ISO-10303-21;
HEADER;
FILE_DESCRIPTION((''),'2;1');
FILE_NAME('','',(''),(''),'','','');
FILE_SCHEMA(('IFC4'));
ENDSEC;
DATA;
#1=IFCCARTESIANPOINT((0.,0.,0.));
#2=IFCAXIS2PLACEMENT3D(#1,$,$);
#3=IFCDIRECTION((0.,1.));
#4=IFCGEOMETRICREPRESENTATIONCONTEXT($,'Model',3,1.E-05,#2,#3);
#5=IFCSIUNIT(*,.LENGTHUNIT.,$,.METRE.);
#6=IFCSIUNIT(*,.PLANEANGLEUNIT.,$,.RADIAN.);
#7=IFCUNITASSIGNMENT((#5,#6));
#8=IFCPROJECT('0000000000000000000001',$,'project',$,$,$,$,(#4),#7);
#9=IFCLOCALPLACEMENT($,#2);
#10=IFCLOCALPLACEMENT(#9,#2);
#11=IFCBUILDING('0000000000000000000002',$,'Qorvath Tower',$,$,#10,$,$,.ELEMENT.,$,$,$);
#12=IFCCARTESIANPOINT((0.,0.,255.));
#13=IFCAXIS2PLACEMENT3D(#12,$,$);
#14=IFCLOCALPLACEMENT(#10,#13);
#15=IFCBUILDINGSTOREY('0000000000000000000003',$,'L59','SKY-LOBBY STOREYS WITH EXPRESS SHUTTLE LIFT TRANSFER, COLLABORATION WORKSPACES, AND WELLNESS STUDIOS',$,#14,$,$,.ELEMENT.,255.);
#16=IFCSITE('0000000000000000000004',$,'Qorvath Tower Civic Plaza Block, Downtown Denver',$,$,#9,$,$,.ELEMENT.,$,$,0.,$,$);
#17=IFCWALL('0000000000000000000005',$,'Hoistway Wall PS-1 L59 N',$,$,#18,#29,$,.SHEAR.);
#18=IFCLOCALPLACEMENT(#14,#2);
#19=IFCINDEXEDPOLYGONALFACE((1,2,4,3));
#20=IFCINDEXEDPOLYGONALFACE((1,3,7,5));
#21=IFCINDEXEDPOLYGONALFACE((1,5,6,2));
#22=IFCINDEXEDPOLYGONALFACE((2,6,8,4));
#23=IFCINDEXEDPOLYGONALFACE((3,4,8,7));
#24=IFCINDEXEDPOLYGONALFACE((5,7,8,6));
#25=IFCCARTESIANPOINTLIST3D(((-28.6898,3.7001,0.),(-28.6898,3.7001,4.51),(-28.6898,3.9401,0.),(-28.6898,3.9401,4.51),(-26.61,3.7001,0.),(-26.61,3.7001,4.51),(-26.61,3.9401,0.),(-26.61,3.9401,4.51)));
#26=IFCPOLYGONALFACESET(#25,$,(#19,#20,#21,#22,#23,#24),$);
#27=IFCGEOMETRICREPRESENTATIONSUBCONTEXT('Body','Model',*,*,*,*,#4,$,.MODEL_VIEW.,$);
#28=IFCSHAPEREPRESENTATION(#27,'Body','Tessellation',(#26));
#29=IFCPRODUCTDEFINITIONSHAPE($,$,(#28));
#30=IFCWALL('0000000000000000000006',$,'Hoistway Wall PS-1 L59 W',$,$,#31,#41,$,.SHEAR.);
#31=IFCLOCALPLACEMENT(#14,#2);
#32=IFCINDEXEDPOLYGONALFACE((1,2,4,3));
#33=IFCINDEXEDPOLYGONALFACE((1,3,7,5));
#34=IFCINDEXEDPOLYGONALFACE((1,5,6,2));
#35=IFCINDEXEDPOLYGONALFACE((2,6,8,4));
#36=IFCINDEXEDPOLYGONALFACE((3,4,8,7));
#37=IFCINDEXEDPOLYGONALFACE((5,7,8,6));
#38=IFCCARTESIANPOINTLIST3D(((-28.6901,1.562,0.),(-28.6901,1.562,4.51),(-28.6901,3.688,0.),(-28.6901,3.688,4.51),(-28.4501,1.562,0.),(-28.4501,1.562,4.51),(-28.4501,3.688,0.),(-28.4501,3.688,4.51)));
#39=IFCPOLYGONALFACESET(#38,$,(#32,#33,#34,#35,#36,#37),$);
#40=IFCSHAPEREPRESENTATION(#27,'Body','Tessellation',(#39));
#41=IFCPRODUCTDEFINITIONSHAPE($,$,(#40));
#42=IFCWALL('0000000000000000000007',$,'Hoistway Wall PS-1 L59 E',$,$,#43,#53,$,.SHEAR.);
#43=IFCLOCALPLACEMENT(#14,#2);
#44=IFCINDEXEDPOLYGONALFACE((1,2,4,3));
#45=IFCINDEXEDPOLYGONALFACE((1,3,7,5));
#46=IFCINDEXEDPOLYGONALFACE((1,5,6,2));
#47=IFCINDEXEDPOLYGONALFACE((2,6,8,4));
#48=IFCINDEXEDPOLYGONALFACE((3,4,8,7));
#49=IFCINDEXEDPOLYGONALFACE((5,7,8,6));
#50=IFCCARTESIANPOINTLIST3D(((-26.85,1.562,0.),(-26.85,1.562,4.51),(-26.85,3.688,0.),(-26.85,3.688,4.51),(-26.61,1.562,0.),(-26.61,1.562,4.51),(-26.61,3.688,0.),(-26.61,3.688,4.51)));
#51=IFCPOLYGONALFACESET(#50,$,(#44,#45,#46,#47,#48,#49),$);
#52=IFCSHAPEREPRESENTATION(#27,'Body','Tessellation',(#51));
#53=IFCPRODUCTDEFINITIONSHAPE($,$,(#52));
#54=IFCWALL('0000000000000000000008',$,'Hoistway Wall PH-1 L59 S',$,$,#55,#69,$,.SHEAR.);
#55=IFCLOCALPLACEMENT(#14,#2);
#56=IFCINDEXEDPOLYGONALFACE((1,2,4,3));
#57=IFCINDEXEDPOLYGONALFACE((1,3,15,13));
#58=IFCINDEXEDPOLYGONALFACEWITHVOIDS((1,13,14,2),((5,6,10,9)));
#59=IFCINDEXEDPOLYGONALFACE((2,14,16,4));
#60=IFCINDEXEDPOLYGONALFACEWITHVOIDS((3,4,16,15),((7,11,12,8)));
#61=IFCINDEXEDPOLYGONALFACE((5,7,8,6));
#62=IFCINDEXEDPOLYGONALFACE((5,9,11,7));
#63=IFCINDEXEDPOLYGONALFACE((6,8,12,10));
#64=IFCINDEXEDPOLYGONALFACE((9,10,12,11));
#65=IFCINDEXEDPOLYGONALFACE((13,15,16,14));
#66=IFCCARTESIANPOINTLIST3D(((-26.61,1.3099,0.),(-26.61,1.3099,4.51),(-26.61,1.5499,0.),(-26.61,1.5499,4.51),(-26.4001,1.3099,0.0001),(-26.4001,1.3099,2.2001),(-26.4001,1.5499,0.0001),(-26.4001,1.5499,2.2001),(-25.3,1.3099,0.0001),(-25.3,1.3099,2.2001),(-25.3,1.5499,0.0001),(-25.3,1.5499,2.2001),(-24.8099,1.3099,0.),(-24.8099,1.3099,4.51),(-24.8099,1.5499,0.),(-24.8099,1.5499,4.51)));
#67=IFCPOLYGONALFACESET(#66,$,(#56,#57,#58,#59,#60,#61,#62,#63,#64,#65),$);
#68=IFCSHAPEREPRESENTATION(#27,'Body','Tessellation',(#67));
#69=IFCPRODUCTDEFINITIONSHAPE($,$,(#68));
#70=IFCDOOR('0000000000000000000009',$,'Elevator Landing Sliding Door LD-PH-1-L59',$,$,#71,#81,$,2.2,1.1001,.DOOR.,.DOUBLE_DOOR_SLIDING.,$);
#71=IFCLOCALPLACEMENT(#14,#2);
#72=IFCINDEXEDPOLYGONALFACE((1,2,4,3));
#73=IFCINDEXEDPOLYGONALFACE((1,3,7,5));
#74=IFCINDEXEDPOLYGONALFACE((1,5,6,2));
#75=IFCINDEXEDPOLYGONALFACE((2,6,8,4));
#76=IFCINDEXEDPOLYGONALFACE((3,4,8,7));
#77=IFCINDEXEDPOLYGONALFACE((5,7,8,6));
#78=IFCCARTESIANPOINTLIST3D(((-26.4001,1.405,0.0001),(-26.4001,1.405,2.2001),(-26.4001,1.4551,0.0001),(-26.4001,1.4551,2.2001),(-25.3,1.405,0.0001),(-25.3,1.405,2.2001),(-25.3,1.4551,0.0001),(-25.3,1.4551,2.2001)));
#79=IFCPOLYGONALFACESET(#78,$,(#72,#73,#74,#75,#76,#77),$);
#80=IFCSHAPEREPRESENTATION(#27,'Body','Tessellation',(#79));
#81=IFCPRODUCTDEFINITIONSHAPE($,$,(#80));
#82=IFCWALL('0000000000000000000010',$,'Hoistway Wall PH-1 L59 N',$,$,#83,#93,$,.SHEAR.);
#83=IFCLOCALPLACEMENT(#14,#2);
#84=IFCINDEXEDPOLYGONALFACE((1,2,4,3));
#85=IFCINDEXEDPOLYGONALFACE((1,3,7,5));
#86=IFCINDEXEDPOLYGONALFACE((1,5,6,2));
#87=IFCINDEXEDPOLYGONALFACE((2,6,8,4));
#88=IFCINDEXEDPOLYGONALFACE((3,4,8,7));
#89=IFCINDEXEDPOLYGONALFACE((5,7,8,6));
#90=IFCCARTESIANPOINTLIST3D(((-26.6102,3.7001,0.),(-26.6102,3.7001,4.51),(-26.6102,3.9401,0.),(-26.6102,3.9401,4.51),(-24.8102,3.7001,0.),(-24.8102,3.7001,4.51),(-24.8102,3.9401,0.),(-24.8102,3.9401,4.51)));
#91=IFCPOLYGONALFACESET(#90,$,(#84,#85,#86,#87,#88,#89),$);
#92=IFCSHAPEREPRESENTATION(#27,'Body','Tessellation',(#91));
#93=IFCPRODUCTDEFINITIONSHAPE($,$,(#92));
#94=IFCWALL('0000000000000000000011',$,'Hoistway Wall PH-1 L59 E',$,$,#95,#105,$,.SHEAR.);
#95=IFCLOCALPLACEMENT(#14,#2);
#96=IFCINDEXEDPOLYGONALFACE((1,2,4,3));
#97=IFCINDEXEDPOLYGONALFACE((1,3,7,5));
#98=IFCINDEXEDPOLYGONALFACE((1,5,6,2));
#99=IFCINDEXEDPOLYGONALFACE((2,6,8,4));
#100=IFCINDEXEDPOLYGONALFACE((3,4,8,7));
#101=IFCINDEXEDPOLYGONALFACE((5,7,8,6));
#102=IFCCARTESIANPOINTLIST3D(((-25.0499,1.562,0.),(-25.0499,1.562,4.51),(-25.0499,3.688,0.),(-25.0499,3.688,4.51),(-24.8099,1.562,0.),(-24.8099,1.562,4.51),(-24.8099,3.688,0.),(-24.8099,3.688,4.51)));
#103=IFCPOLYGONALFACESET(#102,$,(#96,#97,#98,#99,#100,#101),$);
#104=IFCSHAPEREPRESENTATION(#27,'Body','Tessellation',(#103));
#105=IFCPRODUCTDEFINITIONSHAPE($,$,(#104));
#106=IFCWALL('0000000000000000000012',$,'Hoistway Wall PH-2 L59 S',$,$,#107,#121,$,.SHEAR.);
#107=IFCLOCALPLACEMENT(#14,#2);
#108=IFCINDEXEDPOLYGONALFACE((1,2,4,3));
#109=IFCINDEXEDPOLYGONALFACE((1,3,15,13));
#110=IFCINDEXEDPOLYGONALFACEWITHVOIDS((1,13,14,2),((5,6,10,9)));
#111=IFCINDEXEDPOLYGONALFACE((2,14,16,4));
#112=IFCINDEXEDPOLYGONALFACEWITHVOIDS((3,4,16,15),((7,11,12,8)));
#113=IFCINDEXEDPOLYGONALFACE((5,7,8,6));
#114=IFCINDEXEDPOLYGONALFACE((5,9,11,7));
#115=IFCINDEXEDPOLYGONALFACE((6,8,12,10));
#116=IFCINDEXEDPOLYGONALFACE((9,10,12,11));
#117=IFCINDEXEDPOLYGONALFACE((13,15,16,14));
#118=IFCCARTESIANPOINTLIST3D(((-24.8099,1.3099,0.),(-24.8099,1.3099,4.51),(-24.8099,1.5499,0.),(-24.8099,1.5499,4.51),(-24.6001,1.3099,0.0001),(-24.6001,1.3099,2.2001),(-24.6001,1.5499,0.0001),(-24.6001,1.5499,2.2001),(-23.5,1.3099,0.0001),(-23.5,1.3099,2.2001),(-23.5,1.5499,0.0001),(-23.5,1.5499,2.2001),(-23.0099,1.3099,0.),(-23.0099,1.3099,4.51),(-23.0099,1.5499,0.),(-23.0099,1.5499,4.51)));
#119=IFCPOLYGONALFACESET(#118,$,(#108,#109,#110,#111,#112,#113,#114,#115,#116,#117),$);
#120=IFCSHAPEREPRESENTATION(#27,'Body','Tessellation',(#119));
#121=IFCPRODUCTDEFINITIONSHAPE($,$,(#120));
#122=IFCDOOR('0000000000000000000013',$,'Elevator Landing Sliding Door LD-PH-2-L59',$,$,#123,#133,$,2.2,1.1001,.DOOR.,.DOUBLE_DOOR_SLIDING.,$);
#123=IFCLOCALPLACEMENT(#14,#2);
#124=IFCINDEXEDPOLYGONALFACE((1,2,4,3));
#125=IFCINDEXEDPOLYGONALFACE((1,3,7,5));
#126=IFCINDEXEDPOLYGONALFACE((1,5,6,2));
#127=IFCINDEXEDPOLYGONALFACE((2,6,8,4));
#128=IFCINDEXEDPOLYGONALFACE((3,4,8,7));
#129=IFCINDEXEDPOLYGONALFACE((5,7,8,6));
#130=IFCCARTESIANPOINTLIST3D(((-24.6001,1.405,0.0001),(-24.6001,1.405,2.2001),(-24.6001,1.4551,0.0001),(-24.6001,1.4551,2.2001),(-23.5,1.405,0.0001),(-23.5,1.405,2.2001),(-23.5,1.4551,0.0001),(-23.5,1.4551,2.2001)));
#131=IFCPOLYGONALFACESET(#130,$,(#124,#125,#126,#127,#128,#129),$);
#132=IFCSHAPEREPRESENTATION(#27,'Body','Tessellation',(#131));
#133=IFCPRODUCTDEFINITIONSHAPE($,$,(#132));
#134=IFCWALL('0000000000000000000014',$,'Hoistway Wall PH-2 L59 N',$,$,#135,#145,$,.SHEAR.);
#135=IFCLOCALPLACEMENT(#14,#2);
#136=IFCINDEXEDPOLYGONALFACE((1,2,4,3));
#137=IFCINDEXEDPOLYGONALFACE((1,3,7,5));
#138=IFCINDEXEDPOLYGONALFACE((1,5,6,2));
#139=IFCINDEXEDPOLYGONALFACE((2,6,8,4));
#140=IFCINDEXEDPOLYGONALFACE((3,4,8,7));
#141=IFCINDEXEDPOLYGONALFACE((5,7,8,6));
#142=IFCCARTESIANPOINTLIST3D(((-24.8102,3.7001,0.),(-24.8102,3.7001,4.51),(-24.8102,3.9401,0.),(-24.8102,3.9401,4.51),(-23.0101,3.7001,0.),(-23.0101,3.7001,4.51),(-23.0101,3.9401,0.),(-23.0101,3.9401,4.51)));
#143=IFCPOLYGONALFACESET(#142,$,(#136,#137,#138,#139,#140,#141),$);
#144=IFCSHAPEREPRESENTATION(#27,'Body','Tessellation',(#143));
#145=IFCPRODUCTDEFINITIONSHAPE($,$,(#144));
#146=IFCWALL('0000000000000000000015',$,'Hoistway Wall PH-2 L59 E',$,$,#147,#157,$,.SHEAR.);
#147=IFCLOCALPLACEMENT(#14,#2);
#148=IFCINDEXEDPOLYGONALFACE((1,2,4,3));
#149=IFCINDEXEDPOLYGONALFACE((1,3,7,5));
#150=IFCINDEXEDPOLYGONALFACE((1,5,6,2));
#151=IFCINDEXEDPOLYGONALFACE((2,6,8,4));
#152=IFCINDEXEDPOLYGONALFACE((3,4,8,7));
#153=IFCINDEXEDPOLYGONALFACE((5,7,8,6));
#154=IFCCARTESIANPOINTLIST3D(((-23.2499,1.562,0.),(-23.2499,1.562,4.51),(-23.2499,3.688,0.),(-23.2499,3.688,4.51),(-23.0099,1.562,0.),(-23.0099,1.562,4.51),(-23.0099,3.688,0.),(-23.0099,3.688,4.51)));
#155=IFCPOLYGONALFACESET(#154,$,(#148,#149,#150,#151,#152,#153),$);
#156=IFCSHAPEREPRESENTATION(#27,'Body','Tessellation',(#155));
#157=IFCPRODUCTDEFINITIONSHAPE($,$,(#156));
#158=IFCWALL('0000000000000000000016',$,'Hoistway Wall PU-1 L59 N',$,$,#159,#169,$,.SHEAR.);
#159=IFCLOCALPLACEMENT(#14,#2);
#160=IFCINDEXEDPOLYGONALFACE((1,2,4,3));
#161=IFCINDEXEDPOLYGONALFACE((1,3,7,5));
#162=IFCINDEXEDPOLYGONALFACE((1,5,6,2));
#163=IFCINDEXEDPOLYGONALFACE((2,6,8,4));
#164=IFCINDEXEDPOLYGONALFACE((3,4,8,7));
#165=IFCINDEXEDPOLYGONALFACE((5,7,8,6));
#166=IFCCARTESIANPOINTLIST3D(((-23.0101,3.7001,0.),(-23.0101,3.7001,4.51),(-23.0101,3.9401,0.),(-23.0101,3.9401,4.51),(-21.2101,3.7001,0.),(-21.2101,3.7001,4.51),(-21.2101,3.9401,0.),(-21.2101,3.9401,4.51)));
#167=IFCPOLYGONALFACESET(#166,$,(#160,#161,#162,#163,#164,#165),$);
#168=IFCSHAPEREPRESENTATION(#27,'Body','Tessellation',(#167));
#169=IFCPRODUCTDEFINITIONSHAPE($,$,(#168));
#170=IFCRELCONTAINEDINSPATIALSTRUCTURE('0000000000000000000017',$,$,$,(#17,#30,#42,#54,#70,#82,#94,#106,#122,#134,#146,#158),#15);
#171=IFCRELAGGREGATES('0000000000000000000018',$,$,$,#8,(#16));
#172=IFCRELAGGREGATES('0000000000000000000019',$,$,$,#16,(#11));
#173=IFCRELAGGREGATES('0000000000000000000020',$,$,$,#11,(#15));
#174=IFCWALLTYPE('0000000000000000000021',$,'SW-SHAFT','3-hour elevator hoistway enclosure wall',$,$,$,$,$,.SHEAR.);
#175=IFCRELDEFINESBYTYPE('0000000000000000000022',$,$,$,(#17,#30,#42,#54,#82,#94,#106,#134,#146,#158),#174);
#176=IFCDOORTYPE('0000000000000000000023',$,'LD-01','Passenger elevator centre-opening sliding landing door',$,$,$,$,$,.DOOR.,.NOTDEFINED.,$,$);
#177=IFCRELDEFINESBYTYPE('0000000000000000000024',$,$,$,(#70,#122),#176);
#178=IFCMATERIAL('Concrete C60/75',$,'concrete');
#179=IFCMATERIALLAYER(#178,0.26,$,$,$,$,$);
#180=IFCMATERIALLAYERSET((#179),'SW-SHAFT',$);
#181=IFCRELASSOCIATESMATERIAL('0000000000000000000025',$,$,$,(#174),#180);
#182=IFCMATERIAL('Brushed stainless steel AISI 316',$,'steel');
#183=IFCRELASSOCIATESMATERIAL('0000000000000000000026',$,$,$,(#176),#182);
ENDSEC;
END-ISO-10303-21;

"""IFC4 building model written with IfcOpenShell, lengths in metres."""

from ifc_helpers import new_model, si_unit, direction, frame, frame_2d, origin, place, context, subcontext, project, spatial, rectangle, extrude, material, layer, layer_set, type_object, element, fill, save


model = new_model("IFC4")

# Units and contexts
model_context = context("Model", 3, precision=1e-05, world=origin(), true_north=direction((0.0, 1.0)))
body_context = subcontext(model_context, "Body", "Model", "MODEL_VIEW")
ifc_project = project(units=[si_unit("LENGTHUNIT", "METRE"), si_unit("PLANEANGLEUNIT", "RADIAN")], contexts=[model_context])

# Site, building, storey
site_placement = place(None, origin())
site = spatial("IfcSite", under=ifc_project, at=site_placement, Name="Qorvath Tower Civic Plaza Block, Downtown Denver", CompositionType="ELEMENT", RefElevation=0.0)
building_placement = place(site_placement, origin())
building = spatial("IfcBuilding", under=site, at=building_placement, Name="Qorvath Tower", CompositionType="ELEMENT")
storey_placement = place(building_placement, frame((0.0, 0.0, 255.0)))
storey = spatial("IfcBuildingStorey", under=building, at=storey_placement, Name="L59", Description="SKY-LOBBY STOREYS WITH EXPRESS SHUTTLE LIFT TRANSFER, COLLABORATION WORKSPACES, AND WELLNESS STUDIOS", CompositionType="ELEMENT", Elevation=255.0)

# Shared definitions
ifc_material_1 = material(Name="Concrete C60/75", Category="concrete")
ifc_layer_1 = layer(ifc_material_1, 0.26)
ifc_layer_set_1 = layer_set([ifc_layer_1], Name="SW-SHAFT")
wall_type_1 = type_object("IfcWallType", Name="SW-SHAFT", Description="3-hour elevator hoistway enclosure wall", PredefinedType="SHEAR", material=ifc_layer_set_1)

# Shared definitions
ifc_material_2 = material(Name="Brushed stainless steel AISI 316", Category="steel")
door_type = type_object("IfcDoorType", Name="LD-01", Description="Passenger elevator centre-opening sliding landing door", OperationType="NOTDEFINED", PredefinedType="DOOR", material=ifc_material_2)

# Walls
wall_1_placement = place(storey_placement, frame((-28.6899, 3.8201, 0.0), z_axis=(0.0, 0.0, 1.0), x_axis=(1.0, 0.0, 0.0)))
element("IfcWall", 1, at=wall_1_placement, inside=storey, type_object=wall_type_1, Name="Hoistway Wall PS-1 L59 N", PredefinedType="SHEAR", context=body_context, shape_type="SweptSolid", body=[
    extrude(rectangle(XDim=2.0798, YDim=0.24, at=frame_2d((1.04, 0.0))), origin(), (0.0, 0.0, 1.0), 4.51),
])
for number, where, z_axis, x_axis, name in (
    (2, (-28.5701, 1.562, 0.0), (0.0, 0.0, 1.0), (0.0, 1.0, 0.0), "Hoistway Wall PS-1 L59 W"),
    (3, (-26.73, 3.688, 0.0), (0.0, 0.0, 1.0), (0.0, -1.0, 0.0), "Hoistway Wall PS-1 L59 E"),
):
    element("IfcWall", number, at=place(storey_placement, frame(where, z_axis=z_axis, x_axis=x_axis)), inside=storey, type_object=wall_type_1, Name=name, PredefinedType="SHEAR", context=body_context, shape_type="SweptSolid", body=[
        extrude(rectangle(XDim=2.126, YDim=0.24, at=frame_2d((1.063, 0.0))), origin(), (0.0, 0.0, 1.0), 4.51),
    ])

# Wall, opening, door
wall_2_placement = place(storey_placement, frame((-24.8101, 1.4299, 0.0), z_axis=(0.0, 0.0, 1.0), x_axis=(-1.0, 0.0, 0.0)))
wall_2 = element("IfcWall", 4, at=wall_2_placement, inside=storey, type_object=wall_type_1, Name="Hoistway Wall PH-1 L59 S", PredefinedType="SHEAR", context=body_context, shape_type="SweptSolid", body=[
    extrude(rectangle(XDim=1.8, YDim=0.24, at=frame_2d((0.8999, 0.0))), origin(), (0.0, 0.0, 1.0), 4.51),
])
opening_1_placement = place(wall_2_placement, frame((0.49, 0.0, 0.0)))
opening_1 = element("IfcOpeningElement", 5, at=opening_1_placement, cuts=wall_2, PredefinedType="OPENING", context=body_context, shape_type="SweptSolid", body=[
    extrude(rectangle(XDim=1.1001, YDim=2.2, at=frame_2d((0.55, 1.1001))), frame((0.0, 0.1299, 0.0), z_axis=(0.0, -1.0, 0.0), x_axis=(1.0, 0.0, 0.0)), (0.0, 0.0, 1.0), 0.26),
])
door_1_placement = place(opening_1_placement, origin())
door_1 = element("IfcDoor", 6, at=door_1_placement, inside=storey, type_object=door_type, Name="Elevator Landing Sliding Door LD-PH-1-L59", OperationType="DOUBLE_DOOR_SLIDING", OverallHeight=2.2, OverallWidth=1.1001, PredefinedType="DOOR", context=body_context, shape_type="SweptSolid", body=[
    extrude(rectangle(XDim=1.1001, YDim=2.2, at=frame_2d((0.55, 1.1001))), frame((0.0, 0.0249, 0.0), z_axis=(0.0, -1.0, 0.0), x_axis=(1.0, 0.0, 0.0)), (0.0, 0.0, 1.0), 0.05),
])
fill(opening_1, door_1)

# Walls
wall_3_placement = place(storey_placement, frame((-26.6101, 3.8201, 0.0), z_axis=(0.0, 0.0, 1.0), x_axis=(1.0, 0.0, 0.0)))
element("IfcWall", 7, at=wall_3_placement, inside=storey, type_object=wall_type_1, Name="Hoistway Wall PH-1 L59 N", PredefinedType="SHEAR", context=body_context, shape_type="SweptSolid", body=[
    extrude(rectangle(XDim=1.8, YDim=0.24, at=frame_2d((0.8999, 0.0))), origin(), (0.0, 0.0, 1.0), 4.51),
])
wall_4_placement = place(storey_placement, frame((-24.9299, 3.688, 0.0), z_axis=(0.0, 0.0, 1.0), x_axis=(0.0, -1.0, 0.0)))
element("IfcWall", 8, at=wall_4_placement, inside=storey, type_object=wall_type_1, Name="Hoistway Wall PH-1 L59 E", PredefinedType="SHEAR", context=body_context, shape_type="SweptSolid", body=[
    extrude(rectangle(XDim=2.126, YDim=0.24, at=frame_2d((1.063, 0.0))), origin(), (0.0, 0.0, 1.0), 4.51),
])

# Wall, opening, door
wall_5_placement = place(storey_placement, frame((-23.01, 1.4299, 0.0), z_axis=(0.0, 0.0, 1.0), x_axis=(-1.0, 0.0, 0.0)))
wall_5 = element("IfcWall", 9, at=wall_5_placement, inside=storey, type_object=wall_type_1, Name="Hoistway Wall PH-2 L59 S", PredefinedType="SHEAR", context=body_context, shape_type="SweptSolid", body=[
    extrude(rectangle(XDim=1.8, YDim=0.24, at=frame_2d((0.8999, 0.0))), origin(), (0.0, 0.0, 1.0), 4.51),
])
opening_2_placement = place(wall_5_placement, frame((0.49, 0.0, 0.0)))
opening_2 = element("IfcOpeningElement", 10, at=opening_2_placement, cuts=wall_5, PredefinedType="OPENING", context=body_context, shape_type="SweptSolid", body=[
    extrude(rectangle(XDim=1.1001, YDim=2.2, at=frame_2d((0.55, 1.1001))), frame((0.0, 0.1299, 0.0), z_axis=(0.0, -1.0, 0.0), x_axis=(1.0, 0.0, 0.0)), (0.0, 0.0, 1.0), 0.26),
])
door_2_placement = place(opening_2_placement, origin())
door_2 = element("IfcDoor", 11, at=door_2_placement, inside=storey, type_object=door_type, Name="Elevator Landing Sliding Door LD-PH-2-L59", OperationType="DOUBLE_DOOR_SLIDING", OverallHeight=2.2, OverallWidth=1.1001, PredefinedType="DOOR", context=body_context, shape_type="SweptSolid", body=[
    extrude(rectangle(XDim=1.1001, YDim=2.2, at=frame_2d((0.55, 1.1001))), frame((0.0, 0.0249, 0.0), z_axis=(0.0, -1.0, 0.0), x_axis=(1.0, 0.0, 0.0)), (0.0, 0.0, 1.0), 0.05),
])
fill(opening_2, door_2)

# Walls
wall_6_placement = place(storey_placement, frame((-24.8101, 3.8201, 0.0), z_axis=(0.0, 0.0, 1.0), x_axis=(1.0, 0.0, 0.0)))
element("IfcWall", 12, at=wall_6_placement, inside=storey, type_object=wall_type_1, Name="Hoistway Wall PH-2 L59 N", PredefinedType="SHEAR", context=body_context, shape_type="SweptSolid", body=[
    extrude(rectangle(XDim=1.8, YDim=0.24, at=frame_2d((0.8999, 0.0))), origin(), (0.0, 0.0, 1.0), 4.51),
])
wall_7_placement = place(storey_placement, frame((-23.1299, 3.688, 0.0), z_axis=(0.0, 0.0, 1.0), x_axis=(0.0, -1.0, 0.0)))
element("IfcWall", 13, at=wall_7_placement, inside=storey, type_object=wall_type_1, Name="Hoistway Wall PH-2 L59 E", PredefinedType="SHEAR", context=body_context, shape_type="SweptSolid", body=[
    extrude(rectangle(XDim=2.126, YDim=0.24, at=frame_2d((1.063, 0.0))), origin(), (0.0, 0.0, 1.0), 4.51),
])
wall_8_placement = place(storey_placement, frame((-23.01, 3.8201, 0.0), z_axis=(0.0, 0.0, 1.0), x_axis=(1.0, 0.0, 0.0)))
element("IfcWall", 14, at=wall_8_placement, inside=storey, type_object=wall_type_1, Name="Hoistway Wall PU-1 L59 N", PredefinedType="SHEAR", context=body_context, shape_type="SweptSolid", body=[
    extrude(rectangle(XDim=1.8, YDim=0.24, at=frame_2d((0.8999, 0.0))), origin(), (0.0, 0.0, 1.0), 4.51),
])

save(model, "model.ifc")
